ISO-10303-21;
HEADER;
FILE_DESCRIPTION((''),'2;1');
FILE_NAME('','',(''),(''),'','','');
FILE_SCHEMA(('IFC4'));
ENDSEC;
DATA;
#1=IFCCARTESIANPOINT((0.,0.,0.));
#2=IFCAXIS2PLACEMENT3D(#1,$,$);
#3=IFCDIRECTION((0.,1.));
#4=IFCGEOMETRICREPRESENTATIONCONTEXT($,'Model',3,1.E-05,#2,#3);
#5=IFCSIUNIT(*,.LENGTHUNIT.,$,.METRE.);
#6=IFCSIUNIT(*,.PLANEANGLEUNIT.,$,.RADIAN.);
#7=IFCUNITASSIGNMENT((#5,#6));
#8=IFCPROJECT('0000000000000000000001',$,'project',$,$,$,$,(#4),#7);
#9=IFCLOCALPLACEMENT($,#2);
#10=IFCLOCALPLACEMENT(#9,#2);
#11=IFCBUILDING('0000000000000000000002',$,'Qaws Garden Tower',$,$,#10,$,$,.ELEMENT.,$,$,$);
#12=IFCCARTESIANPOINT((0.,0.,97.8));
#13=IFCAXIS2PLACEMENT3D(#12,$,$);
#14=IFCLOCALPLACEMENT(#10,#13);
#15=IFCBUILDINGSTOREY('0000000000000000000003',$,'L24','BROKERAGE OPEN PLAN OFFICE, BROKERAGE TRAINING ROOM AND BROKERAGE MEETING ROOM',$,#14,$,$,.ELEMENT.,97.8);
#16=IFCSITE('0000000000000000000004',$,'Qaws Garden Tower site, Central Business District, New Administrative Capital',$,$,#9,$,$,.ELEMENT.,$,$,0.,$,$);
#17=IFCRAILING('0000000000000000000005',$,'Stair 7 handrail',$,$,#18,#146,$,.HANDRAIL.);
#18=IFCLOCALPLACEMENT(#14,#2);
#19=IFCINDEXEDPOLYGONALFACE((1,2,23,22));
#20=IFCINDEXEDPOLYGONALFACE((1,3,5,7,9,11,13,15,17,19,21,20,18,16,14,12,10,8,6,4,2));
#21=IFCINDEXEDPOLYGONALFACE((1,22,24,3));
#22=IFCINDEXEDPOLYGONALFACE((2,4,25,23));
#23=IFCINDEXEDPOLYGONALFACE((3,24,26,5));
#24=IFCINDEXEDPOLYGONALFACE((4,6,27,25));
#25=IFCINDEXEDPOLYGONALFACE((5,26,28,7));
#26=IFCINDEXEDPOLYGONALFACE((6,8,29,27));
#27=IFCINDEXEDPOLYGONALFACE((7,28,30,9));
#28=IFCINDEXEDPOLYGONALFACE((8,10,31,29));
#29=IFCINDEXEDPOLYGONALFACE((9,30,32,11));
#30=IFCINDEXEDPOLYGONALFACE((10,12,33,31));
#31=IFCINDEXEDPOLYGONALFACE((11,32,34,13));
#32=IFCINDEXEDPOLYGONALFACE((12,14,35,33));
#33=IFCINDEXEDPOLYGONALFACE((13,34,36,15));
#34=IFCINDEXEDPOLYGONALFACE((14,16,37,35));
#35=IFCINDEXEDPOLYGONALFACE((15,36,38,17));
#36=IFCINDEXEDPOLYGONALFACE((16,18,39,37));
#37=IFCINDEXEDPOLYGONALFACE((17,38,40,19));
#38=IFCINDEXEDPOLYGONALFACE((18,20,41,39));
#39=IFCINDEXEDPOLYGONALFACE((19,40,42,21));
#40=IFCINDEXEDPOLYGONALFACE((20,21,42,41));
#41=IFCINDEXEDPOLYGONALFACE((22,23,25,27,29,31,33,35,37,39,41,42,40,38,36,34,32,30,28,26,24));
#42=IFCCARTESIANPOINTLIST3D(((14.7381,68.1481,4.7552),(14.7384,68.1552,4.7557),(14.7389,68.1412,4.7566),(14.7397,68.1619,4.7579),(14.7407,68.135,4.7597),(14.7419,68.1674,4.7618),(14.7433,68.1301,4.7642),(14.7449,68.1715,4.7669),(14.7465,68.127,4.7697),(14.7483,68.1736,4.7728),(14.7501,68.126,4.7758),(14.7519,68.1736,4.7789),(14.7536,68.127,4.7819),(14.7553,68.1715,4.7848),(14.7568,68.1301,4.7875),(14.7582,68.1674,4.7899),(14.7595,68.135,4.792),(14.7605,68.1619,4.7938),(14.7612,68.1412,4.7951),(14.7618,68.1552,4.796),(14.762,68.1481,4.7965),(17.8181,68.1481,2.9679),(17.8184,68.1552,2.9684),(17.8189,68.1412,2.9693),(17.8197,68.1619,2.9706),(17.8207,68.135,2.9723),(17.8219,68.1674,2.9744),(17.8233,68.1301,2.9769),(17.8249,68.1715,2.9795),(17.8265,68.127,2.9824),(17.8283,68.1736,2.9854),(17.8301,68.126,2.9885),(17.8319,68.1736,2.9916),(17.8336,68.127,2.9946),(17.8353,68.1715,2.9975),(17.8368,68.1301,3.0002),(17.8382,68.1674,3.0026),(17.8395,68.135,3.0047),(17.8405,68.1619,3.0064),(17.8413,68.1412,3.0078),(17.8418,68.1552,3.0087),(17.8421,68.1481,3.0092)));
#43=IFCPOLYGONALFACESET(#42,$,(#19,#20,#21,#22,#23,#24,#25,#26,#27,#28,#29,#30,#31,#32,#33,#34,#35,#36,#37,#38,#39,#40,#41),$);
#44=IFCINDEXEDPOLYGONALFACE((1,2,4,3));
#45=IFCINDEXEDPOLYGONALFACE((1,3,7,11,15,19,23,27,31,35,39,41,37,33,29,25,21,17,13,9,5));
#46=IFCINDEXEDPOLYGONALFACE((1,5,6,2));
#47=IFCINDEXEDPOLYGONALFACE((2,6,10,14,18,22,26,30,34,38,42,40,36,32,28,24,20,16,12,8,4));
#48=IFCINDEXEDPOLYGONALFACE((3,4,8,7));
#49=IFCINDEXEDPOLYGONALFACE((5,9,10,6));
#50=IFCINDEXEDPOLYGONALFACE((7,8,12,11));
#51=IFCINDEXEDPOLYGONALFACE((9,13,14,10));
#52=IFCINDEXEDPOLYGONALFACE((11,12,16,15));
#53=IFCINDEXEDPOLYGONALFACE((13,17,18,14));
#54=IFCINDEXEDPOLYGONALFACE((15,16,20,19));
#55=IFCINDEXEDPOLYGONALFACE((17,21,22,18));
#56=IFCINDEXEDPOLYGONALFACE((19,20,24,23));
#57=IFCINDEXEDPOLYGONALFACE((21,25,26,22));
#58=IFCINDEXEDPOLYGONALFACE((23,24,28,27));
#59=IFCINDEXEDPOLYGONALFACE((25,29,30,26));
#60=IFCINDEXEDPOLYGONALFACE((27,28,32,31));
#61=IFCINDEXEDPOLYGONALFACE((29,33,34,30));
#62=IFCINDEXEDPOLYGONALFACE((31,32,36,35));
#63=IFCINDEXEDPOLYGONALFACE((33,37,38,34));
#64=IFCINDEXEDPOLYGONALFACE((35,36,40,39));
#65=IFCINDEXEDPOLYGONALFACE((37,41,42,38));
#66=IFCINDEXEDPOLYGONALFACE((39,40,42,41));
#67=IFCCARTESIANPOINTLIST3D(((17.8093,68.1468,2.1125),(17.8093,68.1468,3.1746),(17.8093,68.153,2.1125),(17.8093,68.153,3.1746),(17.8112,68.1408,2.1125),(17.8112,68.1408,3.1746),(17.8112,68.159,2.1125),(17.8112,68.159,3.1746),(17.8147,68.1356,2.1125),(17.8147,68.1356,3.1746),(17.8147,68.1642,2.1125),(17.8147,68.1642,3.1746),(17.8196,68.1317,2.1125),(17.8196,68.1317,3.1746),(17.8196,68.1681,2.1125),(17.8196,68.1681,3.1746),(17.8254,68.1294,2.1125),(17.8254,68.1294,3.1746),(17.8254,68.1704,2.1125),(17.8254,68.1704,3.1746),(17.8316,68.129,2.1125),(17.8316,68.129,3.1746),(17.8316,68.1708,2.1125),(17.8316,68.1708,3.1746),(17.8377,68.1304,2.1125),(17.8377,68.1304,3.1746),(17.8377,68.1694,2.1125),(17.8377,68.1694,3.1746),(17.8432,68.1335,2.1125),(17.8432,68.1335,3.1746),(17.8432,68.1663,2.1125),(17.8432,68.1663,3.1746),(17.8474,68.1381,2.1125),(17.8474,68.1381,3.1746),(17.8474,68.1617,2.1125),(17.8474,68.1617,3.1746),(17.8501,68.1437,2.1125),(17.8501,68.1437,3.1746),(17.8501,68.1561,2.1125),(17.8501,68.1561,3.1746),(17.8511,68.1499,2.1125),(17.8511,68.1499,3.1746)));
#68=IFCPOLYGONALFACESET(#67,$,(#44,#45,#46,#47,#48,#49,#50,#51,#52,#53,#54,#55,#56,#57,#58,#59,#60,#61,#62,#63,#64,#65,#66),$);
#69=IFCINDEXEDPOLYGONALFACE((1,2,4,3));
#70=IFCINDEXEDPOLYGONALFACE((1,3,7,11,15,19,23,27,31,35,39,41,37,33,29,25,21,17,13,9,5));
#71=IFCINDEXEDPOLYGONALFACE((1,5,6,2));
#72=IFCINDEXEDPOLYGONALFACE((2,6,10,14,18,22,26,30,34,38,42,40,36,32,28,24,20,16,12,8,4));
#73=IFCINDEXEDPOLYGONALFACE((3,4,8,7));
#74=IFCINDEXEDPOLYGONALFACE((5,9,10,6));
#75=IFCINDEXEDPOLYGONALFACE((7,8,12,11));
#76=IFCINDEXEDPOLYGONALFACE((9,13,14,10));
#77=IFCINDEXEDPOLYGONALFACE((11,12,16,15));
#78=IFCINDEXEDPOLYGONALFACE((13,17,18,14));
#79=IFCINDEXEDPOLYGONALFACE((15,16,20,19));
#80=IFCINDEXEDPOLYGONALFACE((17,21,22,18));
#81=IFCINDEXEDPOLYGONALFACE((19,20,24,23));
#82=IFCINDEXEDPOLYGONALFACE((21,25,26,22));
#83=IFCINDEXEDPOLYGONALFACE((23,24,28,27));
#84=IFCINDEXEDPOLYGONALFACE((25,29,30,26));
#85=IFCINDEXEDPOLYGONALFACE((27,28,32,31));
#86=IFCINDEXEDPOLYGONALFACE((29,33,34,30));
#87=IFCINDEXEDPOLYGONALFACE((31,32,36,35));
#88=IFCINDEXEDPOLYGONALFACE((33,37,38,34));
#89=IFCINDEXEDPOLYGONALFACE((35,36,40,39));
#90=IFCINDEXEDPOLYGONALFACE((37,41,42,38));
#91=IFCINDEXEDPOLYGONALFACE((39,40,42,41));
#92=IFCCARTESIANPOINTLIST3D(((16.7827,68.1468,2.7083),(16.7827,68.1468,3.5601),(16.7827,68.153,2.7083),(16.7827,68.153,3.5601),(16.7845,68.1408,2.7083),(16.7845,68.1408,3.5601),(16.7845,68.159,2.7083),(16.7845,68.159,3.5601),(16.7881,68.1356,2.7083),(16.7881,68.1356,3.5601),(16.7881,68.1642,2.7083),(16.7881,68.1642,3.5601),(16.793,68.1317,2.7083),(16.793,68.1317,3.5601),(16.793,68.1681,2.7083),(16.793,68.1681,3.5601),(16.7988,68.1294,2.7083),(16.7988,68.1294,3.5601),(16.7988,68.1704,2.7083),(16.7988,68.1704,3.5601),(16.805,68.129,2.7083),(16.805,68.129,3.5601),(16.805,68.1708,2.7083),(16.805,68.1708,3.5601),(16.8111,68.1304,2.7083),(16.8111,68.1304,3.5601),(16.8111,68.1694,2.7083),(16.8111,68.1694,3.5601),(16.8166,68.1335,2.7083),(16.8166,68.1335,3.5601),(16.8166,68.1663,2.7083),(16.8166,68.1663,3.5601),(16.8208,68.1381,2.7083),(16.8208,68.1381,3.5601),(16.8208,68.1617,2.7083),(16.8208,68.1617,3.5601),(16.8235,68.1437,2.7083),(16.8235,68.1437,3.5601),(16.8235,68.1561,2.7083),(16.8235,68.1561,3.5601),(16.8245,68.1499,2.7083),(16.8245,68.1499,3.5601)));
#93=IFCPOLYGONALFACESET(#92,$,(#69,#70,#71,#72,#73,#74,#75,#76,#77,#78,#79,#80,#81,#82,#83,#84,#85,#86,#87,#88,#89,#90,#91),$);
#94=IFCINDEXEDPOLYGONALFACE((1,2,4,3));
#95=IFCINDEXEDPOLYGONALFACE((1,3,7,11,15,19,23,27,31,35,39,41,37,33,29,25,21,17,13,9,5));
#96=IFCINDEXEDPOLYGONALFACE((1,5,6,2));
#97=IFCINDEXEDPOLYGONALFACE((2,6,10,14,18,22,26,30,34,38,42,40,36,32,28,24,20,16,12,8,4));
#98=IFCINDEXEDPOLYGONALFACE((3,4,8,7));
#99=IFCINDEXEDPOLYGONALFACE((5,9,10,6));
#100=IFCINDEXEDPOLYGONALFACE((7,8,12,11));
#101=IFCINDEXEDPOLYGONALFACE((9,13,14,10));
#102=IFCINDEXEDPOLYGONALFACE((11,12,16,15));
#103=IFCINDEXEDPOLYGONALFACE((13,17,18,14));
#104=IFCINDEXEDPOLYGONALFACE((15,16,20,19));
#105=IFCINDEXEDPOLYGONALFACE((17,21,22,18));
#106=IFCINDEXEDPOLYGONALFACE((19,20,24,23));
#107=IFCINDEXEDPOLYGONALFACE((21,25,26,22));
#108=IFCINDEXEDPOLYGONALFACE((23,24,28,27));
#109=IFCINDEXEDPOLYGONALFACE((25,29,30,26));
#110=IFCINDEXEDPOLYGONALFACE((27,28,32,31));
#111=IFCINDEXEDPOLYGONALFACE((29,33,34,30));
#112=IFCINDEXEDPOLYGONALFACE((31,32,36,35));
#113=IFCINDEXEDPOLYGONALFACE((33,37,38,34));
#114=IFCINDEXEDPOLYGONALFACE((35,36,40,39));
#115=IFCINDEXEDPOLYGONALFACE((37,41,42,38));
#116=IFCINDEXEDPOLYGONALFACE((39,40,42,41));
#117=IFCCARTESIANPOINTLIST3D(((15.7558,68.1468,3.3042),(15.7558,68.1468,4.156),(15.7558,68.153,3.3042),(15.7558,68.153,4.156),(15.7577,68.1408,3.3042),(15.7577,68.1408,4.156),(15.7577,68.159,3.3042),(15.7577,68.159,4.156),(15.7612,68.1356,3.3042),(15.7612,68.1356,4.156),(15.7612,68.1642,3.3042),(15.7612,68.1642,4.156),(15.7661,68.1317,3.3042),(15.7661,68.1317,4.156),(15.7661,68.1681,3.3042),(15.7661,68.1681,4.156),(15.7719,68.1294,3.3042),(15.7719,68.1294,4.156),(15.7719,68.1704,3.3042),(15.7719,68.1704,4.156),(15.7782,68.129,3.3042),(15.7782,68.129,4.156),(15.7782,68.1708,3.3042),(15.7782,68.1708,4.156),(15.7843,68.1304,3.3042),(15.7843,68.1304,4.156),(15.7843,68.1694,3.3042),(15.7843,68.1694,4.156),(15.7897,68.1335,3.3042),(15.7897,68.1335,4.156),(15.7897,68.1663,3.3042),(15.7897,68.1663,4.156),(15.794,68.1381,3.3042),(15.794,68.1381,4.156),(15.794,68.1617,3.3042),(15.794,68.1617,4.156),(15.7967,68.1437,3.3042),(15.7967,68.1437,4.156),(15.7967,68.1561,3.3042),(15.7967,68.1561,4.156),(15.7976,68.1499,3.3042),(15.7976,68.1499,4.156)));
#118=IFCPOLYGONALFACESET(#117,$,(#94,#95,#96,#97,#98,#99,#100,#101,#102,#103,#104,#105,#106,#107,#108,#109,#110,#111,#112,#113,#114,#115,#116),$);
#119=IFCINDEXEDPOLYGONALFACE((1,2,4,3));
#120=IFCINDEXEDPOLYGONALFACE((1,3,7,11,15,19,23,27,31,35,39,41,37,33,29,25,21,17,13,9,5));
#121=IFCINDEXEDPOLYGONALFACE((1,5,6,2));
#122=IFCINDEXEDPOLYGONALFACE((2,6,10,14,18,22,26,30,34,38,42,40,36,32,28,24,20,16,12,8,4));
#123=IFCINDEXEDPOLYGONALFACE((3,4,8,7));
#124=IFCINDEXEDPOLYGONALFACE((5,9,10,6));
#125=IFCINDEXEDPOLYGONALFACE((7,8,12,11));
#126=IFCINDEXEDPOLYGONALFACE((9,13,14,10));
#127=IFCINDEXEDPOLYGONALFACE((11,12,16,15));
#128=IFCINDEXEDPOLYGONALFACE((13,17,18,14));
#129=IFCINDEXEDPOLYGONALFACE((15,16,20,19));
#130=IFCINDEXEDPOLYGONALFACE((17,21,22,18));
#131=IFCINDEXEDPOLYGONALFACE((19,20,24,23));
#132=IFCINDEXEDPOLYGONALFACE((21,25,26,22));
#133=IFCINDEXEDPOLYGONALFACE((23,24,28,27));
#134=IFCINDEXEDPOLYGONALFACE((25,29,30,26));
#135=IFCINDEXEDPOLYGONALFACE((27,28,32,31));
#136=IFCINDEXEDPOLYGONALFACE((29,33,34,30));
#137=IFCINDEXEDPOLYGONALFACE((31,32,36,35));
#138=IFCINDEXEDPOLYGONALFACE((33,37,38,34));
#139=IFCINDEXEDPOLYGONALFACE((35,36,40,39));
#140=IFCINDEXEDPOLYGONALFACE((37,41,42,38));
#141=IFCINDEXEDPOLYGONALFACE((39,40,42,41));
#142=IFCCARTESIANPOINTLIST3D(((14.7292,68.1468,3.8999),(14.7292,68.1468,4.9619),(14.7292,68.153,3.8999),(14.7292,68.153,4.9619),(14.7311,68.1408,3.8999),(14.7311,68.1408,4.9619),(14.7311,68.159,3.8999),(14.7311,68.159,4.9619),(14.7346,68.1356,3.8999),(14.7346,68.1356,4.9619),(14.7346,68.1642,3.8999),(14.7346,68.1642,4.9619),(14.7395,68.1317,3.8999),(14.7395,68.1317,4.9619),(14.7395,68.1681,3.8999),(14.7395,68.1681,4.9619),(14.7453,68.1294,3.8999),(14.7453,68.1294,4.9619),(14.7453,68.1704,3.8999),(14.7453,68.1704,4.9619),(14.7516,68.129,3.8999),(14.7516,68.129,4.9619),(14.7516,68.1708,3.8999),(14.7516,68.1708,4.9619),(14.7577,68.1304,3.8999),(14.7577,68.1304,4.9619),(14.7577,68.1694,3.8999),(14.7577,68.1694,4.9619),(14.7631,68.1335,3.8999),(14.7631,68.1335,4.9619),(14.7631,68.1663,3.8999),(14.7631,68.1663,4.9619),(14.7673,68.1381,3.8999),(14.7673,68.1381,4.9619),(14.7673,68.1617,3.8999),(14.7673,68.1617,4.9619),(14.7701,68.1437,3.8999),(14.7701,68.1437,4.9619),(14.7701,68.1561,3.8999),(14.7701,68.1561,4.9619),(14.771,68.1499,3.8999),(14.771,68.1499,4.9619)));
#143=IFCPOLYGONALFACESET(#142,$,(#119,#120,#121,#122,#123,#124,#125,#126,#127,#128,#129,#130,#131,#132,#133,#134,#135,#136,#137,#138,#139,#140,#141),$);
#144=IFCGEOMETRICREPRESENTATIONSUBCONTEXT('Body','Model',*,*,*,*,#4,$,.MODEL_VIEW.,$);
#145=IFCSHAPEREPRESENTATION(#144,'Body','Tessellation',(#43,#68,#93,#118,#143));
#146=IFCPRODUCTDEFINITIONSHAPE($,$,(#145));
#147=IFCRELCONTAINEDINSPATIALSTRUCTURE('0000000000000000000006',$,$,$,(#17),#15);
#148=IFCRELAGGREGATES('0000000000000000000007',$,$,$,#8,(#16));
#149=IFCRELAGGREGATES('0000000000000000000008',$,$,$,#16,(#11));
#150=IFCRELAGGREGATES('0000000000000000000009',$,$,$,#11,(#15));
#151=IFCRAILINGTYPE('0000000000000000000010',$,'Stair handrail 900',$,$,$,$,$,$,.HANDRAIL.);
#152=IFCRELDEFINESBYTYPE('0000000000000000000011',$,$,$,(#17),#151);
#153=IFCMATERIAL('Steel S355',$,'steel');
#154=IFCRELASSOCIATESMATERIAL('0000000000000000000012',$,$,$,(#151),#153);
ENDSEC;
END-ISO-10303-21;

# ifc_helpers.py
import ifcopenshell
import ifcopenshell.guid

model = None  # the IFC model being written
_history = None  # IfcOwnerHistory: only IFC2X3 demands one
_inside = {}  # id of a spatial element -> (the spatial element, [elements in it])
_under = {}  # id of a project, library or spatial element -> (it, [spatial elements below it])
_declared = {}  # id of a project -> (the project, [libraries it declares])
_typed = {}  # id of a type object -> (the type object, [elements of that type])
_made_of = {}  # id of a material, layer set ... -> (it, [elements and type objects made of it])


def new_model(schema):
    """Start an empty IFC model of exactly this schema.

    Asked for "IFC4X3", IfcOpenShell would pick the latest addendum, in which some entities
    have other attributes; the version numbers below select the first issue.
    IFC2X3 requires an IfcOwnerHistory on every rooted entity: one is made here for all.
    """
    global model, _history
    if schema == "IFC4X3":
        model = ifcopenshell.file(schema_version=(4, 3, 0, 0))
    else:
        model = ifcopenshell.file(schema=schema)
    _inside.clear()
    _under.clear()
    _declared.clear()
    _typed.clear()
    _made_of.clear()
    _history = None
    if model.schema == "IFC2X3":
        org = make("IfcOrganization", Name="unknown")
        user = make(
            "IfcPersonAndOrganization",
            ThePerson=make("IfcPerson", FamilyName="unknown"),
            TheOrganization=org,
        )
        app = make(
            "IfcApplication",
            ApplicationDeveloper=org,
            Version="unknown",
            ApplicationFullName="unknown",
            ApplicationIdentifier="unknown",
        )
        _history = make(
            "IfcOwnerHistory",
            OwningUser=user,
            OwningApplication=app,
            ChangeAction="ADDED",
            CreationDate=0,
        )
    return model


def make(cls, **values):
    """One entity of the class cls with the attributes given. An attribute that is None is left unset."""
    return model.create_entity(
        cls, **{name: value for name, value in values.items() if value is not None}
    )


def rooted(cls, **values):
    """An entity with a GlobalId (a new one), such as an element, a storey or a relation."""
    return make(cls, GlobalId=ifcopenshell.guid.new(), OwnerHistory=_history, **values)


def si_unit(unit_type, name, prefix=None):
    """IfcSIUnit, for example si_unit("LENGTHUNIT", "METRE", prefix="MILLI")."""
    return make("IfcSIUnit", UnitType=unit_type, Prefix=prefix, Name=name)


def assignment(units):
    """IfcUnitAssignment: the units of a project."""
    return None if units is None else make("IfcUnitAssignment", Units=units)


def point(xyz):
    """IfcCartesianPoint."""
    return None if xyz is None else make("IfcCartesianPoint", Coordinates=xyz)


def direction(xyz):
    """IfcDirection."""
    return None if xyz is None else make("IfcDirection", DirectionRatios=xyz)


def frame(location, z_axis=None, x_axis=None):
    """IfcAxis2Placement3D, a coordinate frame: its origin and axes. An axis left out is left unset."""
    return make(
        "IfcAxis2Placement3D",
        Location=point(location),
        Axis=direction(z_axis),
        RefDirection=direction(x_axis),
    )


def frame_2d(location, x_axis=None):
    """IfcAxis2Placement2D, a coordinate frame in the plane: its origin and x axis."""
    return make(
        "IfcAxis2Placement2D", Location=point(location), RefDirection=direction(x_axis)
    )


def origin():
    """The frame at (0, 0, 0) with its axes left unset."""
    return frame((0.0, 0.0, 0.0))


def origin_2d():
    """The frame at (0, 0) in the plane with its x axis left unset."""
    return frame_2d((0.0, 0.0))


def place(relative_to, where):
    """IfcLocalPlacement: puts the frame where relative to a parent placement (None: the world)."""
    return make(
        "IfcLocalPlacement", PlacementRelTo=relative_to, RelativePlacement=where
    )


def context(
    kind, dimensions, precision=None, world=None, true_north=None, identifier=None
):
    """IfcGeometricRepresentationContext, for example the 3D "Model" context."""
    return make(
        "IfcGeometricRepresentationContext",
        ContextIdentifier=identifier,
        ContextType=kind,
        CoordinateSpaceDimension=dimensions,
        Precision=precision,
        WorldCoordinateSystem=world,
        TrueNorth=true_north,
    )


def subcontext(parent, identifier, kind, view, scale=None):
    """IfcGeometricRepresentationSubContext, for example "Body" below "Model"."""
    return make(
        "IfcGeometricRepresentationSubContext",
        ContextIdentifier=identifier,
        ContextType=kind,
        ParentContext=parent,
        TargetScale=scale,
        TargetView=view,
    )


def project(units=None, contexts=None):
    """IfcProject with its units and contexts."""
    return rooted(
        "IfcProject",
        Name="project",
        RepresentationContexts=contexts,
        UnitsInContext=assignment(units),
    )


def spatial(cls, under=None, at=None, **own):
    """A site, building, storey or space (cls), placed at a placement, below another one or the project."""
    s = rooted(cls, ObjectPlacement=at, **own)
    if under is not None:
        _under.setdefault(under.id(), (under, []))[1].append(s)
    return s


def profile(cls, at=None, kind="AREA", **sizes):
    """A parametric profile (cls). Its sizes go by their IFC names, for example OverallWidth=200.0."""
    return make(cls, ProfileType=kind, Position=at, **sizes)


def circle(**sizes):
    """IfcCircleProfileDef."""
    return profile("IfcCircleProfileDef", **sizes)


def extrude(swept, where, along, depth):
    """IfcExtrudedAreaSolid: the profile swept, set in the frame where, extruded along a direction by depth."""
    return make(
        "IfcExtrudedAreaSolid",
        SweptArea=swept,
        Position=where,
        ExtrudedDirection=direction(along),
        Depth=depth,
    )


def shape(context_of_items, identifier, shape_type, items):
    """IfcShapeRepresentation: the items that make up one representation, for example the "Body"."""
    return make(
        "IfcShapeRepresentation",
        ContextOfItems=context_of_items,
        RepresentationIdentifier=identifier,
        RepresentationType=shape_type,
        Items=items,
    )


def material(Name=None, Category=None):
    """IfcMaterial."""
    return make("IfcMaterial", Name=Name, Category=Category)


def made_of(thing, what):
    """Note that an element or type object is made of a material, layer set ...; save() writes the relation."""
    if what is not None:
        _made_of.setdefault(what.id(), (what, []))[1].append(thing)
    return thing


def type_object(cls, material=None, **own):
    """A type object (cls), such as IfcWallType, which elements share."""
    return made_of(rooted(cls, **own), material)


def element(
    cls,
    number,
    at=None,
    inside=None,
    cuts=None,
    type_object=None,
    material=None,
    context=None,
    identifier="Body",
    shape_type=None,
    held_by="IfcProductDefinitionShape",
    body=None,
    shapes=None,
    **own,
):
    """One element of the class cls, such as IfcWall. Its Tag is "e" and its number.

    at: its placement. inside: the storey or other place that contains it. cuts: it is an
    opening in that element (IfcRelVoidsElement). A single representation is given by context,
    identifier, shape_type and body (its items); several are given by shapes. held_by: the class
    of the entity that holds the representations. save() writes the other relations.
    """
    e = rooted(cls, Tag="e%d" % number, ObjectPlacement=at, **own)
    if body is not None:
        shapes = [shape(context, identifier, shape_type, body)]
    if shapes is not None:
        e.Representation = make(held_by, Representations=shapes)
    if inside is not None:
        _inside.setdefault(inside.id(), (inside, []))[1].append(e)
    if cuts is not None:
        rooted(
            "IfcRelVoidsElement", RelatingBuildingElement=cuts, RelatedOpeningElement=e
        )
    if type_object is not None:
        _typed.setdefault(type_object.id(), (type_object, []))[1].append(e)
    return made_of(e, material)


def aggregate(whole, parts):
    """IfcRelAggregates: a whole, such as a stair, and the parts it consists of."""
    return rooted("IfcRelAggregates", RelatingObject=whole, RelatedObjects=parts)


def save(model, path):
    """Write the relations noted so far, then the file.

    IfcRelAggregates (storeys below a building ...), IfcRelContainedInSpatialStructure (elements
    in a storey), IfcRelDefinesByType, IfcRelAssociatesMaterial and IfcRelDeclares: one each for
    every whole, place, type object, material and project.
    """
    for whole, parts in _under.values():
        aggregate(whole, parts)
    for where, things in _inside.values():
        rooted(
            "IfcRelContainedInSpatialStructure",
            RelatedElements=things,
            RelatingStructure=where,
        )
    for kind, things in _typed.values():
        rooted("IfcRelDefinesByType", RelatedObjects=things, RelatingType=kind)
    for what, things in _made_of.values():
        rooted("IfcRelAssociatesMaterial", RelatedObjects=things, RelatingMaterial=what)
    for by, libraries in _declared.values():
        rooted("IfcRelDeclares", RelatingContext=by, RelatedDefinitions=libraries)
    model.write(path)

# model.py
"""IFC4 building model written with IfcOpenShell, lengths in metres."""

from ifc_helpers import new_model, si_unit, direction, frame, origin, origin_2d, place, context, subcontext, project, spatial, circle, extrude, material, type_object, element, save


model = new_model("IFC4")

# Units and contexts
model_context = context("Model", 3, precision=1e-05, world=origin(), true_north=direction((0.0, 1.0)))
body_context = subcontext(model_context, "Body", "Model", "MODEL_VIEW")
ifc_project = project(units=[si_unit("LENGTHUNIT", "METRE"), si_unit("PLANEANGLEUNIT", "RADIAN")], contexts=[model_context])

# Site, building, storey
site_placement = place(None, origin())
site = spatial("IfcSite", under=ifc_project, at=site_placement, Name="Qaws Garden Tower site, Central Business District, New Administrative Capital", CompositionType="ELEMENT", RefElevation=0.0)
building_placement = place(site_placement, origin())
building = spatial("IfcBuilding", under=site, at=building_placement, Name="Qaws Garden Tower", CompositionType="ELEMENT")
storey_placement = place(building_placement, frame((0.0, 0.0, 97.8)))
storey = spatial("IfcBuildingStorey", under=building, at=storey_placement, Name="L24", Description="BROKERAGE OPEN PLAN OFFICE, BROKERAGE TRAINING ROOM AND BROKERAGE MEETING ROOM", CompositionType="ELEMENT", Elevation=97.8)

# Railing
ifc_material_1 = material(Name="Steel S355", Category="steel")
railing_type = type_object("IfcRailingType", Name="Stair handrail 900", PredefinedType="HANDRAIL", material=ifc_material_1)
railing_1_placement = place(storey_placement, frame((17.8301, 68.1499, 2.1125)))
element("IfcRailing", 1, at=railing_1_placement, inside=storey, type_object=railing_type, Name="Stair 7 handrail", PredefinedType="HANDRAIL", context=body_context, shape_type="SweptSolid", body=[
    extrude(circle(Radius=0.0239, at=origin_2d()), frame((0.0, 0.0, 0.876), z_axis=(-0.86492, 0.0, 0.501909), x_axis=(0.0, -1.0, 0.0)), (0.0, 0.0, 1.0), 3.561),
    extrude(circle(Radius=0.021, at=origin_2d()), origin(), (0.0, 0.0, 1.0), 1.062),
    extrude(circle(Radius=0.021, at=origin_2d()), frame((-1.0266, 0.0, 0.5957)), (0.0, 0.0, 1.0), 0.8518),
    extrude(circle(Radius=0.021, at=origin_2d()), frame((-2.0535, 0.0, 1.1917)), (0.0, 0.0, 1.0), 0.8518),
    extrude(circle(Radius=0.021, at=origin_2d()), frame((-3.0801, 0.0, 1.7874)), (0.0, 0.0, 1.0), 1.062),
])

save(model, "model.ifc")
